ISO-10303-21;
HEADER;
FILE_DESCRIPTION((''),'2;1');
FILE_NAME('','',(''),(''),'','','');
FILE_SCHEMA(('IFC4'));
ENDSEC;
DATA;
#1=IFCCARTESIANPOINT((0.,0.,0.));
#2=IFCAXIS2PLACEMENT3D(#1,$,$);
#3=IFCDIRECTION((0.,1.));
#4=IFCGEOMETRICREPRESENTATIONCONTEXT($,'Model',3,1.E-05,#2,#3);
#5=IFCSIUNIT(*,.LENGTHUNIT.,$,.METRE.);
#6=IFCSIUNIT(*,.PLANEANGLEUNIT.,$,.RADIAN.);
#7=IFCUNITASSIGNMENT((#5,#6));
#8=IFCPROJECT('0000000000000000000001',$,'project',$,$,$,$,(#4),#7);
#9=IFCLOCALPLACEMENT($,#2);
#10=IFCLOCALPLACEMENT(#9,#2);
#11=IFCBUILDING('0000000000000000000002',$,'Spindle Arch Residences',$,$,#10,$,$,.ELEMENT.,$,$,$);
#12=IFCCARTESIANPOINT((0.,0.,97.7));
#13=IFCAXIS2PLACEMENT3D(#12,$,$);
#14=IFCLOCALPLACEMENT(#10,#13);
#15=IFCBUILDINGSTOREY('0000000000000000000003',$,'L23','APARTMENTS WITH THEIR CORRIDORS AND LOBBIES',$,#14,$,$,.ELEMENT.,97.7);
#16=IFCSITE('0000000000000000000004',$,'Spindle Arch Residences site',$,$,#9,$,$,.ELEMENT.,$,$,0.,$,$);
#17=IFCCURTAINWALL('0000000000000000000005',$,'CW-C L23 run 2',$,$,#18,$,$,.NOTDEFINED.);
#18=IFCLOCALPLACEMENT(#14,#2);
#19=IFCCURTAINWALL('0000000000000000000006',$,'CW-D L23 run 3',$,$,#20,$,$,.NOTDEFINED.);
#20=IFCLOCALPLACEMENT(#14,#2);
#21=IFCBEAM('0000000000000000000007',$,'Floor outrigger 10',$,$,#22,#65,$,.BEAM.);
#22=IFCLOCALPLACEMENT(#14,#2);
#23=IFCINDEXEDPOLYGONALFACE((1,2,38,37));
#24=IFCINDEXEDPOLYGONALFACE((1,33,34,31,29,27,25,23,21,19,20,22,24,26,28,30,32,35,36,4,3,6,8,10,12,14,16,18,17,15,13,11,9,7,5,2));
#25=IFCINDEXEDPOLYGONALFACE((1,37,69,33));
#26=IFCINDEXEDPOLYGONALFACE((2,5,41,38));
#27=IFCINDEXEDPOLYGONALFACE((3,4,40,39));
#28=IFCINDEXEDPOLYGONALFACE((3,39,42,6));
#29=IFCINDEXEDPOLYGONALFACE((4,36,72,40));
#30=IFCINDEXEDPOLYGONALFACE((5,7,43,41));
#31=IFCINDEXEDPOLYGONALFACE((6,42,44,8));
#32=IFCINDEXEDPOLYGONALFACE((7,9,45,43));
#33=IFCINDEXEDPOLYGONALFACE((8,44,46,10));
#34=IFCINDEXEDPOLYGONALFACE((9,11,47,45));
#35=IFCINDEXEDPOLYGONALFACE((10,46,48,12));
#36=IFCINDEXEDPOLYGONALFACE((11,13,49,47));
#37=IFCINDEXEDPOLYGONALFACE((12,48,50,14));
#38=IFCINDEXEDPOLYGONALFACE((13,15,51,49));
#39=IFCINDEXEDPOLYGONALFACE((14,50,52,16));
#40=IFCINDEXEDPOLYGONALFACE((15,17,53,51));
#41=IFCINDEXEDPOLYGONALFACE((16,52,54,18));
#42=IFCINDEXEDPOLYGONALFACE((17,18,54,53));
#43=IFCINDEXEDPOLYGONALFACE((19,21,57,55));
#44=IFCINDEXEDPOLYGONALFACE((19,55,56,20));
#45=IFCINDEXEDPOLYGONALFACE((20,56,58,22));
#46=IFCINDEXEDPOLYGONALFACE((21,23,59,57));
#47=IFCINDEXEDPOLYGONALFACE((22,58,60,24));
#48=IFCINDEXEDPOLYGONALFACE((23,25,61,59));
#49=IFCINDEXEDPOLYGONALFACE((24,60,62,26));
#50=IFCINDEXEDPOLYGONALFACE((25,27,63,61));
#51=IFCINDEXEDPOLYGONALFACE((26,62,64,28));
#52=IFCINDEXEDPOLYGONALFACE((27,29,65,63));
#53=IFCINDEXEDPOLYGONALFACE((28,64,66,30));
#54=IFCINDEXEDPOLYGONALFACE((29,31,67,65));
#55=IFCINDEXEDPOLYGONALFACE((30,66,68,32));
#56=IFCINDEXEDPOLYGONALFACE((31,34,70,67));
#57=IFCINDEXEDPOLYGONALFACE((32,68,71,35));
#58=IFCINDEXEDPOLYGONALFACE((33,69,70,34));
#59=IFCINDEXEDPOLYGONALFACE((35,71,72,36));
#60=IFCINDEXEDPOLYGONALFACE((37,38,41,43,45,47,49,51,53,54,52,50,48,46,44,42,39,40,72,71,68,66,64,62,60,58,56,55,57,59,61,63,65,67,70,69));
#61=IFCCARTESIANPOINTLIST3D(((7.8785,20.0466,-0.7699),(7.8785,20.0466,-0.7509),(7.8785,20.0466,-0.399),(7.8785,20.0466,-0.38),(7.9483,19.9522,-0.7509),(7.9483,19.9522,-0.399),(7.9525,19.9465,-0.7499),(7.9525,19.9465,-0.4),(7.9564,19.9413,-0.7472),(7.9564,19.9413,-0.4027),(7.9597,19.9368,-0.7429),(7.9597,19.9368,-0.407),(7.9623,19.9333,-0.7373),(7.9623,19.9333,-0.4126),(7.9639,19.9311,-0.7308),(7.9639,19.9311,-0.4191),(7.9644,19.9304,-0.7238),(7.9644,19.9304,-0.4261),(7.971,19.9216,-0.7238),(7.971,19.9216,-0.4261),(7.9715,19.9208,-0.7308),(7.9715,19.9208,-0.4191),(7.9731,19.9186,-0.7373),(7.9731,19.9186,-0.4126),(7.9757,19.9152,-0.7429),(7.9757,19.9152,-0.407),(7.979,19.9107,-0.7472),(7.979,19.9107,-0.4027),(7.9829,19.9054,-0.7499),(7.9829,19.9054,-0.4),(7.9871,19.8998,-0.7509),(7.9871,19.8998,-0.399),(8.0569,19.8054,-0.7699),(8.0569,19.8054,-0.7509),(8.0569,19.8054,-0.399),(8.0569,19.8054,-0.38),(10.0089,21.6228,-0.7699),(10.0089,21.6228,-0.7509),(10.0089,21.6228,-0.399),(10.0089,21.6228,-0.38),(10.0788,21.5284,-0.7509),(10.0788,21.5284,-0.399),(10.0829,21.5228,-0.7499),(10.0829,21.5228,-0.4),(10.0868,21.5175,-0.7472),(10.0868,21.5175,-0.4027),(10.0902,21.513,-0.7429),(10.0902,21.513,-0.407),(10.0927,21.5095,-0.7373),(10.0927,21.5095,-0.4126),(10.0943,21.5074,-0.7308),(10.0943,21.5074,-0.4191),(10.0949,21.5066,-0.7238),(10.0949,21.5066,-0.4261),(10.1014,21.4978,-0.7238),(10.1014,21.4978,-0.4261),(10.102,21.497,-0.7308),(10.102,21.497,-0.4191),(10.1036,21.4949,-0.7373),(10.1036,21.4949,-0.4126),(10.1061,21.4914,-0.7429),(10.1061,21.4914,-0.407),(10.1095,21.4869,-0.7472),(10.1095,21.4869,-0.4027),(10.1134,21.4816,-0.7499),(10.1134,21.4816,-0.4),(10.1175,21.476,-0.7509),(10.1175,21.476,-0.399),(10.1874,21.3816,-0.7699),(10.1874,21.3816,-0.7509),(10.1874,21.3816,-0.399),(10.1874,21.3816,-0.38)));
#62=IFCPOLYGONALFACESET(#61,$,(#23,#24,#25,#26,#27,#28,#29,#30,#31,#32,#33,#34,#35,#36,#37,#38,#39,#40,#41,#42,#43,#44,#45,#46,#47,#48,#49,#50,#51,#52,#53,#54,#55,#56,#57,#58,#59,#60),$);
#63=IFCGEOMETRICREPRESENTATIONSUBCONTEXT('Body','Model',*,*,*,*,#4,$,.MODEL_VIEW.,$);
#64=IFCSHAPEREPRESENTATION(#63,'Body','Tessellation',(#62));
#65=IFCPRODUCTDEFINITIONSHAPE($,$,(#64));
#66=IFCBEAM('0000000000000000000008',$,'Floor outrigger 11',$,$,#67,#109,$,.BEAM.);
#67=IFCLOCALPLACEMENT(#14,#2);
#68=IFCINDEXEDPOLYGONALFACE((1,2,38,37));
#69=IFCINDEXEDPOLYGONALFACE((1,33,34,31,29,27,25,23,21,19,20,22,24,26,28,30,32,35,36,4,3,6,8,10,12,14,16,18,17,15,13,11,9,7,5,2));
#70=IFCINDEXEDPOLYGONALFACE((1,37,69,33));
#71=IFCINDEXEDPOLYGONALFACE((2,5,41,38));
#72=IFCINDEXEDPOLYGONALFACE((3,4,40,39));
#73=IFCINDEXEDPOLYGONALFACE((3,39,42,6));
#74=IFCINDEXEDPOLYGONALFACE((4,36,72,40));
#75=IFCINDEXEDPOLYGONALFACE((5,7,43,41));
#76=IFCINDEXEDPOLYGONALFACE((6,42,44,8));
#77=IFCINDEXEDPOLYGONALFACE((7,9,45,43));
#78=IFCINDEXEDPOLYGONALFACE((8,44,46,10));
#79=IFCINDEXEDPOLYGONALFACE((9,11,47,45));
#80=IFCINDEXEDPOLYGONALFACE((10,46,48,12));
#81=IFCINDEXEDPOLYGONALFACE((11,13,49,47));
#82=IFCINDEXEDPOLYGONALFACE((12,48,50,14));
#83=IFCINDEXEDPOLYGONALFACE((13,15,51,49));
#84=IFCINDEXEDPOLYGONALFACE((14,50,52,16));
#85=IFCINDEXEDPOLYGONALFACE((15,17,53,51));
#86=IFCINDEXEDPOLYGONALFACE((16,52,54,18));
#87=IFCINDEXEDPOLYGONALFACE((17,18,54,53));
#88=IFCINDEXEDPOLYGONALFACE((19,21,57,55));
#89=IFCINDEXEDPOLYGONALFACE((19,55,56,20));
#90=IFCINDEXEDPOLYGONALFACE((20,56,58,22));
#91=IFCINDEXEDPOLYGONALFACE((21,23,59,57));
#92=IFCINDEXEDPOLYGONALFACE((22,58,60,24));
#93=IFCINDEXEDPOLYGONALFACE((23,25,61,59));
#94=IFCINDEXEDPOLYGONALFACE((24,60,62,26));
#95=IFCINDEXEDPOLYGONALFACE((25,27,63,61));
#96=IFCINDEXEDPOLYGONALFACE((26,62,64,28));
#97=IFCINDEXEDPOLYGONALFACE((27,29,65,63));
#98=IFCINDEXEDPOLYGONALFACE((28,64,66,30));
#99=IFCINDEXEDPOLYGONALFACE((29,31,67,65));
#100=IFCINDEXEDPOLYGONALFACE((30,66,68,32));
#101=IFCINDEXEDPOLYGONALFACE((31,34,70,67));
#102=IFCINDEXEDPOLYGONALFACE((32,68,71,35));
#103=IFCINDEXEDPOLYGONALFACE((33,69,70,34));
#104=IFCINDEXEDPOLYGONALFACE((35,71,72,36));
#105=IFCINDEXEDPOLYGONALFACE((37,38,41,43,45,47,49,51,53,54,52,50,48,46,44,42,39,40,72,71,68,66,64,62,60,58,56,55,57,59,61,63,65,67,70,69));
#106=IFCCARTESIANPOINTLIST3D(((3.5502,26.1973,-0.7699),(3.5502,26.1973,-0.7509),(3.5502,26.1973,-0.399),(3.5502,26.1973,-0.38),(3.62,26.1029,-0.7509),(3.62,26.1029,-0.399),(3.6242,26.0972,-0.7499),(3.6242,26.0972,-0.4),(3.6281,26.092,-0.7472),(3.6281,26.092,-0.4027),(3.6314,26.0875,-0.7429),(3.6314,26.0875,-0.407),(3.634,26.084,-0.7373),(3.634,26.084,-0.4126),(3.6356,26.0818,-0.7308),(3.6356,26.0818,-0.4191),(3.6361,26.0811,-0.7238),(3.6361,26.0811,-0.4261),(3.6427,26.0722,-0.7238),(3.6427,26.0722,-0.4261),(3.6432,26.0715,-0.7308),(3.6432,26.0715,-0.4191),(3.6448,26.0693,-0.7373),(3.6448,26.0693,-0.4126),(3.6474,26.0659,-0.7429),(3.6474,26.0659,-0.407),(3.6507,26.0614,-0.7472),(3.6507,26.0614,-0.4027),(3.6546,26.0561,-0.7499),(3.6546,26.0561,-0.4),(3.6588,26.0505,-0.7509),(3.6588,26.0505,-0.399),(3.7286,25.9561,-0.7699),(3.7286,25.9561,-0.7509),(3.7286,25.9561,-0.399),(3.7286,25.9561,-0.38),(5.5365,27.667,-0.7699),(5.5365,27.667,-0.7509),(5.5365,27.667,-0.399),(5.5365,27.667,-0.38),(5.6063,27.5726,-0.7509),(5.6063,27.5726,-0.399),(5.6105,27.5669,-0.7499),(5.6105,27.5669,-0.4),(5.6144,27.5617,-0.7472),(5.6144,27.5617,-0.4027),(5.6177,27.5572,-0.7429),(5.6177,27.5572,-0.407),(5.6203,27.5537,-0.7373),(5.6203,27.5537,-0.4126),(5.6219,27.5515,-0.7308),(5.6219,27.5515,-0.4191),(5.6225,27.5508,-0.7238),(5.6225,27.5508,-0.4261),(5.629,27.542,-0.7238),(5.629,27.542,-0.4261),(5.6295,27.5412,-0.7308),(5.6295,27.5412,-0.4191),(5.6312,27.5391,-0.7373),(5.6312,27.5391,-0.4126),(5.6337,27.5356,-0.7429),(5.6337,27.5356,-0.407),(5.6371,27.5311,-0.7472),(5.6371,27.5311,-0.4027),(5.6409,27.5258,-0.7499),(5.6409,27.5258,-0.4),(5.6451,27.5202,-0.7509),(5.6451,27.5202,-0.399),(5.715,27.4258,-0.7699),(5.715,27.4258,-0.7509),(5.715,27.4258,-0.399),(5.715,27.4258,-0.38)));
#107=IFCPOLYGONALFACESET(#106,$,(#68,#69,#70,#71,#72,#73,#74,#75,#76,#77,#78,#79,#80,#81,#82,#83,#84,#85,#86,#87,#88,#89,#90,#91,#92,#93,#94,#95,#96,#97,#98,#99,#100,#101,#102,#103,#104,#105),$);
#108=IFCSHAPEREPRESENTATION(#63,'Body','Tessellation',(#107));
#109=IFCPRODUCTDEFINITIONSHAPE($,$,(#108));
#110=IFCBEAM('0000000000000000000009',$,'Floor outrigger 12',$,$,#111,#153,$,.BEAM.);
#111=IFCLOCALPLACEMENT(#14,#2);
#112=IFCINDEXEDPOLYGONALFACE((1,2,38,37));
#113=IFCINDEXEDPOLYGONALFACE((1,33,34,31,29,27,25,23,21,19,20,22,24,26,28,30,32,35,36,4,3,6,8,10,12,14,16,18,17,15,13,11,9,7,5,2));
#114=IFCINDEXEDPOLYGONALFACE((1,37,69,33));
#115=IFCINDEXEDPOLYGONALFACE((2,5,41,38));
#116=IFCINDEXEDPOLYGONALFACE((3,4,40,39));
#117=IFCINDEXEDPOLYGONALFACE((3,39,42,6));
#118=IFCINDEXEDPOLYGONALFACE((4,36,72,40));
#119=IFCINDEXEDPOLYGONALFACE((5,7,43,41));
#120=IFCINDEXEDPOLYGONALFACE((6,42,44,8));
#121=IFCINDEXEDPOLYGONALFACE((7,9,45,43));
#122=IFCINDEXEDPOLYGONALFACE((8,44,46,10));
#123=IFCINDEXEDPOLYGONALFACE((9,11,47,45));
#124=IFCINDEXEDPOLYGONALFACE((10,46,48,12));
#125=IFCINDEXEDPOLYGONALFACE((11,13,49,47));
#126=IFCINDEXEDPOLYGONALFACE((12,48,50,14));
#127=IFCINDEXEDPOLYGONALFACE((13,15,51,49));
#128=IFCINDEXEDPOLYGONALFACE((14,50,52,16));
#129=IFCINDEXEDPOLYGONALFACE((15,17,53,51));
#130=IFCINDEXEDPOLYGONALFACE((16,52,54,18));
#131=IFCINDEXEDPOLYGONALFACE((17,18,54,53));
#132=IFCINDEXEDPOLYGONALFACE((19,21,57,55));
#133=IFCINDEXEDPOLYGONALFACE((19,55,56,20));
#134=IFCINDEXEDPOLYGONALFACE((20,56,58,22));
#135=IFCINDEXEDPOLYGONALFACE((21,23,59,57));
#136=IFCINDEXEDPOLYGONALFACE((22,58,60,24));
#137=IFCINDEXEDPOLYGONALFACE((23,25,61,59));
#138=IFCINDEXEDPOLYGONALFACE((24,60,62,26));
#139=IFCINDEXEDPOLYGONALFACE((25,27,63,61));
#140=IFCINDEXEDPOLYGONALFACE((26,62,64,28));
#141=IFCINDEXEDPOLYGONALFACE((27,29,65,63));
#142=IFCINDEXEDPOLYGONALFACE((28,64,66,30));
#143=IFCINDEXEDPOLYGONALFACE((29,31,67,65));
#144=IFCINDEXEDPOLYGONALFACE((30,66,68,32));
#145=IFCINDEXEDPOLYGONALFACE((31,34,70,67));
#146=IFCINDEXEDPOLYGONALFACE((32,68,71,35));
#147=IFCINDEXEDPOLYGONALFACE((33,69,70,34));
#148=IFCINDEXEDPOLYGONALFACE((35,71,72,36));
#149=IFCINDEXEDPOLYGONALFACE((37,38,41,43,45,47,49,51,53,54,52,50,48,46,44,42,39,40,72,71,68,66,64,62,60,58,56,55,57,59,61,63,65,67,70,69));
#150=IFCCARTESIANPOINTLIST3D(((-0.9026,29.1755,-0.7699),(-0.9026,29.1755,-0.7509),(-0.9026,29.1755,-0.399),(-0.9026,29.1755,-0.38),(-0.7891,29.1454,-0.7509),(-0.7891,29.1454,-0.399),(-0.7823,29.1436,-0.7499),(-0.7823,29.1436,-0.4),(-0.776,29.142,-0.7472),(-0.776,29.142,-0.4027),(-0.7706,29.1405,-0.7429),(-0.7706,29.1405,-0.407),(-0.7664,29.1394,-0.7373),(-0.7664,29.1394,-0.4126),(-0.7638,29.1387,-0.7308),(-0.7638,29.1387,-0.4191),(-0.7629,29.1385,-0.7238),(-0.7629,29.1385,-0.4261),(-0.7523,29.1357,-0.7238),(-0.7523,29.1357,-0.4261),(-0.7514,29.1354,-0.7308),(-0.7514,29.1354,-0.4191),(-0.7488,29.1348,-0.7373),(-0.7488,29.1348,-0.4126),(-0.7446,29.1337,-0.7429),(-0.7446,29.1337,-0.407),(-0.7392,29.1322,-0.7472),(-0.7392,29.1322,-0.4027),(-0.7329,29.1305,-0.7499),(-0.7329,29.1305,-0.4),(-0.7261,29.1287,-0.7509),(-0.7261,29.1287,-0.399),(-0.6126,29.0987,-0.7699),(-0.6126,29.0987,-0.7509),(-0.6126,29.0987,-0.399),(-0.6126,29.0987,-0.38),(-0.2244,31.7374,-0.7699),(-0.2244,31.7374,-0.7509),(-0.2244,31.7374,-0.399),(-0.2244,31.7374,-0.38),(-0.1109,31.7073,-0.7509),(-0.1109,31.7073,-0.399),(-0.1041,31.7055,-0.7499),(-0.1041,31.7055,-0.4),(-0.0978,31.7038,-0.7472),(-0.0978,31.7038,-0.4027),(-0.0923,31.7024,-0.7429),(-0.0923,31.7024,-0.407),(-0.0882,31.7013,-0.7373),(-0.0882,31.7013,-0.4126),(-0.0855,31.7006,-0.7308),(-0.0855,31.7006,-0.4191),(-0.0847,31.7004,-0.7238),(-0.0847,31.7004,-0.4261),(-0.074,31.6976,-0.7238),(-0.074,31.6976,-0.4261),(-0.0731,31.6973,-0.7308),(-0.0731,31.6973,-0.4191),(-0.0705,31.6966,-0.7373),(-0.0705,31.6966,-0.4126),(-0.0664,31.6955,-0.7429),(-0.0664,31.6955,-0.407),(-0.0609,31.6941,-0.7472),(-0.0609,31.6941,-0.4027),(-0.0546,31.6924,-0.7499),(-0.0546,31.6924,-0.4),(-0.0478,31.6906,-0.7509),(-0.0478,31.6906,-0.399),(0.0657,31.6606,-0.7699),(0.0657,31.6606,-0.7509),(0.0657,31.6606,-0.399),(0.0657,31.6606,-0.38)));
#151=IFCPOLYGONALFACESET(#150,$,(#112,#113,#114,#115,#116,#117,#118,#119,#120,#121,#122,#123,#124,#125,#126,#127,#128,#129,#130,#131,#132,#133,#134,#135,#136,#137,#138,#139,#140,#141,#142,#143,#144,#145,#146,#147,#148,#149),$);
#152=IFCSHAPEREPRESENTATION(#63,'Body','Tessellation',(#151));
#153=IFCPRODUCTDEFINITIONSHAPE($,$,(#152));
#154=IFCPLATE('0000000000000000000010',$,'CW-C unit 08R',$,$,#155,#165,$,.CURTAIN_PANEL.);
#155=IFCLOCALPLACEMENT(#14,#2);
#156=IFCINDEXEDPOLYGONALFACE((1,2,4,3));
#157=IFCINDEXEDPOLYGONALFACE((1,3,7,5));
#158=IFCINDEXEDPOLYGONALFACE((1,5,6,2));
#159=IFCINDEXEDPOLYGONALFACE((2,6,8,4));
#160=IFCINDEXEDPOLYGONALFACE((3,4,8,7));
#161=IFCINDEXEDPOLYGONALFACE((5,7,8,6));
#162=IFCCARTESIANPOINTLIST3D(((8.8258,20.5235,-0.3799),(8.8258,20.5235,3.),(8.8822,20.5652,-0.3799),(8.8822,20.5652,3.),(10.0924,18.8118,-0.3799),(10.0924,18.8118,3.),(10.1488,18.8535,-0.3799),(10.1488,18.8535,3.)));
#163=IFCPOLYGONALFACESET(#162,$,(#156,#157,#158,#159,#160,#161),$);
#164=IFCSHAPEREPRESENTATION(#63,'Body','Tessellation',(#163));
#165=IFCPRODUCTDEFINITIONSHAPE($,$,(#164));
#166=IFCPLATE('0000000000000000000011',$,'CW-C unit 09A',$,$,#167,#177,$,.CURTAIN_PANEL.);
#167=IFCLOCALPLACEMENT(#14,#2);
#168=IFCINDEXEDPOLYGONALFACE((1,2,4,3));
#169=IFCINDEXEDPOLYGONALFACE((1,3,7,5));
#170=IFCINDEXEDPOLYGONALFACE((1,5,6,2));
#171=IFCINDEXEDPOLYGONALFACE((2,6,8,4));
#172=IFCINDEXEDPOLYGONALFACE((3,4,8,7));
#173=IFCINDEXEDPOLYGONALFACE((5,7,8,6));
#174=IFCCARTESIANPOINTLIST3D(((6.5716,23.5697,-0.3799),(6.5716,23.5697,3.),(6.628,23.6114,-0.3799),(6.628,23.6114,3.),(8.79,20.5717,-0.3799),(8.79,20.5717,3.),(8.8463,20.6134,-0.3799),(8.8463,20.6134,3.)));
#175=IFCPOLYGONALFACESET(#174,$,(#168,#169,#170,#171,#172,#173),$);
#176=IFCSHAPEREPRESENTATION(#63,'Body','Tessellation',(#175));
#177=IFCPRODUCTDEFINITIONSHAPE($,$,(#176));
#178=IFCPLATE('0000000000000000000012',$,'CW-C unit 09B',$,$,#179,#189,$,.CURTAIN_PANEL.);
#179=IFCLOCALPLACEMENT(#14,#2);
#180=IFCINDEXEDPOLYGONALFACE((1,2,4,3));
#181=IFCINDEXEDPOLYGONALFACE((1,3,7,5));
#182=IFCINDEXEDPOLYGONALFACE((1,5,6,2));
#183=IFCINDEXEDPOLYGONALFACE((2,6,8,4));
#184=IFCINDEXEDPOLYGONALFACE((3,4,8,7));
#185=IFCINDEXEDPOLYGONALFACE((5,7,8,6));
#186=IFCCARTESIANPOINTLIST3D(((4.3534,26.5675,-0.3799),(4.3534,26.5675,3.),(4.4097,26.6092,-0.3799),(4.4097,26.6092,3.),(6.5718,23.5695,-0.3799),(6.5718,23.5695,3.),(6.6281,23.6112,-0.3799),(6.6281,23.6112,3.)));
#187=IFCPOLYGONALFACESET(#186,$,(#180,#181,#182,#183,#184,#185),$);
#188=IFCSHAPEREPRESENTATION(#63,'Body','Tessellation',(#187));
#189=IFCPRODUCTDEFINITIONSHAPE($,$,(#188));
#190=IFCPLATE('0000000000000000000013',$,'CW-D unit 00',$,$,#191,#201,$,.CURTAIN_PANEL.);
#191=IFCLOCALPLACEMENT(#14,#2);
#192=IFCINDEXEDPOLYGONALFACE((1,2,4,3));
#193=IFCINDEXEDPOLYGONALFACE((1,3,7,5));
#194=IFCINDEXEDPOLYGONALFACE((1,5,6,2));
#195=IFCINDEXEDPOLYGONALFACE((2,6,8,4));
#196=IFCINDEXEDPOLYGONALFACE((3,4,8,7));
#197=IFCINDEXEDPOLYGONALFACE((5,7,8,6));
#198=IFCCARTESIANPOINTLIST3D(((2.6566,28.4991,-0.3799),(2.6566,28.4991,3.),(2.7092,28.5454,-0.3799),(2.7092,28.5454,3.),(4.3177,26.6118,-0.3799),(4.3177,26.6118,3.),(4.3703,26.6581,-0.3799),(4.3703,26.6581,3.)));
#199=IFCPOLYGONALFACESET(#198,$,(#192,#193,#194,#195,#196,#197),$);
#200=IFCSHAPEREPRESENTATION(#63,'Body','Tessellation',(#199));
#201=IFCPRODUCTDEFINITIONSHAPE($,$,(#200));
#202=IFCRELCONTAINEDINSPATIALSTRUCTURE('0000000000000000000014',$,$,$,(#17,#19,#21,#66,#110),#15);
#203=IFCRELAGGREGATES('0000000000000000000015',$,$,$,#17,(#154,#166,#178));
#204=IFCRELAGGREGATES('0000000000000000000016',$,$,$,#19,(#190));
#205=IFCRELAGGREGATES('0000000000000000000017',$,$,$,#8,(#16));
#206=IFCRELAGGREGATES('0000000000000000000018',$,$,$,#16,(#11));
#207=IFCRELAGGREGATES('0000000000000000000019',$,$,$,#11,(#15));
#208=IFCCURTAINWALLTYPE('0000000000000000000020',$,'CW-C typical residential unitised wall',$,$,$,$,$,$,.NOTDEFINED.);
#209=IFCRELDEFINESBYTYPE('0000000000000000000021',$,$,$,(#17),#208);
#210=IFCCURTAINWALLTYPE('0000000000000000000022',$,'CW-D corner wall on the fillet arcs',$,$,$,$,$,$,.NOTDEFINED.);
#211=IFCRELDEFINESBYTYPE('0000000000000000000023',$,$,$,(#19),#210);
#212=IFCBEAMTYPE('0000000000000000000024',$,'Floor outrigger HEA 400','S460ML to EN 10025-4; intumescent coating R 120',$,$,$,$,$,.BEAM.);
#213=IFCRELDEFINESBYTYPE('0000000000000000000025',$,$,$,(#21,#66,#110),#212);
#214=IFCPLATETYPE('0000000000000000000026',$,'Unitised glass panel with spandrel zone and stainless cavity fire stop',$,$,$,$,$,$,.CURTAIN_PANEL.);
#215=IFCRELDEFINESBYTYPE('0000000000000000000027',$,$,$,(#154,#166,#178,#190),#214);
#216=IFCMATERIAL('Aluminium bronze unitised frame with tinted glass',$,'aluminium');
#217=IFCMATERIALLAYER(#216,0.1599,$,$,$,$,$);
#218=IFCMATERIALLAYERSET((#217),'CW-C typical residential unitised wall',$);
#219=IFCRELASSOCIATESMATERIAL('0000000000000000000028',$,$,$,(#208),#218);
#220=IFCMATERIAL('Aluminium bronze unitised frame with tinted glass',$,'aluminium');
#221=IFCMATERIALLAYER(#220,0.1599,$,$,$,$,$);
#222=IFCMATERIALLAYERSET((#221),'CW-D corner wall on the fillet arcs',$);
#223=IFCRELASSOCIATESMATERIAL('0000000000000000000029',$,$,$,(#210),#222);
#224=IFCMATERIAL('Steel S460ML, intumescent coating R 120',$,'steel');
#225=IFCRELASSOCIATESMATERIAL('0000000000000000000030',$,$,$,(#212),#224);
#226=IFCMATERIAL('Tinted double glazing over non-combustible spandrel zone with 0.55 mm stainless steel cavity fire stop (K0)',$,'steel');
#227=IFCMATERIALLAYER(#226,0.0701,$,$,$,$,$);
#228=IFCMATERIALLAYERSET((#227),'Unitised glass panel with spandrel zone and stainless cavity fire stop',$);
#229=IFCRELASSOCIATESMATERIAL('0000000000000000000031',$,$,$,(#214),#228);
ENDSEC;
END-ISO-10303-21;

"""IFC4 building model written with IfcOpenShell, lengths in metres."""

from ifc_helpers import new_model, si_unit, direction, frame, origin, origin_2d, place, context, subcontext, project, spatial, rectangle, i_section, extrude, material, layer, layer_set, material_profile, profile_set, type_object, element, aggregate, save


model = new_model("IFC4")

# Units and contexts
model_context = context("Model", 3, precision=1e-05, world=origin(), true_north=direction((0.0, 1.0)))
body_context = subcontext(model_context, "Body", "Model", "MODEL_VIEW")
ifc_project = project(units=[si_unit("LENGTHUNIT", "METRE"), si_unit("PLANEANGLEUNIT", "RADIAN")], contexts=[model_context])

# Site, building, storey
site_placement = place(None, origin())
site = spatial("IfcSite", under=ifc_project, at=site_placement, Name="Spindle Arch Residences site", CompositionType="ELEMENT", RefElevation=0.0)
building_placement = place(site_placement, origin())
building = spatial("IfcBuilding", under=site, at=building_placement, Name="Spindle Arch Residences", CompositionType="ELEMENT")
storey_placement = place(building_placement, frame((0.0, 0.0, 97.7)))
storey = spatial("IfcBuildingStorey", under=building, at=storey_placement, Name="L23", Description="APARTMENTS WITH THEIR CORRIDORS AND LOBBIES", CompositionType="ELEMENT", Elevation=97.7)

# Curtain wall
ifc_material_1 = material(Name="Aluminium bronze unitised frame with tinted glass", Category="aluminium")
ifc_layer_1 = layer(ifc_material_1, 0.1599)
ifc_layer_set_1 = layer_set([ifc_layer_1], Name="CW-C typical residential unitised wall")
curtain_wall_type_1 = type_object("IfcCurtainWallType", Name="CW-C typical residential unitised wall", PredefinedType="NOTDEFINED", material=ifc_layer_set_1)
curtain_wall_1_placement = place(storey_placement, origin())
curtain_wall_1 = element("IfcCurtainWall", 1, at=curtain_wall_1_placement, inside=storey, type_object=curtain_wall_type_1, Name="CW-C L23 run 2", PredefinedType="NOTDEFINED")

# Curtain wall
ifc_material_2 = material(Name="Aluminium bronze unitised frame with tinted glass", Category="aluminium")
ifc_layer_2 = layer(ifc_material_2, 0.1599)
ifc_layer_set_2 = layer_set([ifc_layer_2], Name="CW-D corner wall on the fillet arcs")
curtain_wall_type_2 = type_object("IfcCurtainWallType", Name="CW-D corner wall on the fillet arcs", PredefinedType="NOTDEFINED", material=ifc_layer_set_2)
curtain_wall_2_placement = place(storey_placement, origin())
curtain_wall_2 = element("IfcCurtainWall", 2, at=curtain_wall_2_placement, inside=storey, type_object=curtain_wall_type_2, Name="CW-D L23 run 3", PredefinedType="NOTDEFINED")

# Beams
ifc_material_3 = material(Name="Steel S460ML, intumescent coating R 120", Category="steel")
ifc_material_profile_1 = material_profile(ifc_material_3, i_section(OverallWidth=0.3, OverallDepth=0.3899, WebThickness=0.011, FlangeThickness=0.019, FilletRadius=0.0271, at=origin_2d()), Name="HEA 400")
ifc_profile_set_1 = profile_set([ifc_material_profile_1], Name="Steel S460ML, intumescent coating R 120")
beam_type_1 = type_object("IfcBeamType", Name="Floor outrigger HEA 400", Description="S460ML to EN 10025-4; intumescent coating R 120", PredefinedType="BEAM", material=ifc_profile_set_1)
beam_1_placement = place(storey_placement, frame((10.0981, 21.5022, -0.575), z_axis=(-0.803897, -0.594769, 0.0), x_axis=(0.594769, -0.803897, 0.0)))
element("IfcBeam", 3, at=beam_1_placement, inside=storey, type_object=beam_type_1, Name="Floor outrigger 10", PredefinedType="BEAM", context=body_context, shape_type="SweptSolid", body=[
    extrude(i_section(OverallWidth=0.3, OverallDepth=0.3899, WebThickness=0.011, FlangeThickness=0.019, FilletRadius=0.0271, at=origin_2d()), origin(), (0.0, 0.0, 1.0), 2.6501),
])
beam_2_placement = place(storey_placement, frame((5.6257, 27.5464, -0.575), z_axis=(-0.803872, -0.594802, 0.0), x_axis=(0.594802, -0.803872, 0.0)))
element("IfcBeam", 4, at=beam_2_placement, inside=storey, type_object=beam_type_1, Name="Floor outrigger 11", PredefinedType="BEAM", context=body_context, shape_type="SweptSolid", body=[
    extrude(i_section(OverallWidth=0.3, OverallDepth=0.3899, WebThickness=0.011, FlangeThickness=0.019, FilletRadius=0.0271, at=origin_2d()), origin(), (0.0, 0.0, 1.0), 2.4709),
])
beam_3_placement = place(storey_placement, frame((-0.0793, 31.699, -0.575), z_axis=(-0.255931, -0.966695, 0.0), x_axis=(0.966695, -0.255931, 0.0)))
element("IfcBeam", 5, at=beam_3_placement, inside=storey, type_object=beam_type_1, Name="Floor outrigger 12", PredefinedType="BEAM", context=body_context, shape_type="SweptSolid", body=[
    extrude(i_section(OverallWidth=0.3, OverallDepth=0.3899, WebThickness=0.011, FlangeThickness=0.019, FilletRadius=0.0271, at=origin_2d()), origin(), (0.0, 0.0, 1.0), 2.6501),
])

# Plates
ifc_material_4 = material(Name="Tinted double glazing over non-combustible spandrel zone with 0.55 mm stainless steel cavity fire stop (K0)", Category="steel")
ifc_layer_3 = layer(ifc_material_4, 0.0701)
ifc_layer_set_3 = layer_set([ifc_layer_3], Name="Unitised glass panel with spandrel zone and stainless cavity fire stop")
plate_type = type_object("IfcPlateType", Name="Unitised glass panel with spandrel zone and stainless cavity fire stop", PredefinedType="CURTAIN_PANEL", material=ifc_layer_set_3)
plate_1_placement = place(storey_placement, frame((9.4873, 19.6885, -0.3799), z_axis=(0.0, 0.0, 1.0), x_axis=(-0.594823, 0.803857, 0.0)))
plate_1 = element("IfcPlate", 6, at=plate_1_placement, type_object=plate_type, Name="CW-C unit 08R", PredefinedType="CURTAIN_PANEL", context=body_context, shape_type="SweptSolid", body=[
    extrude(rectangle(XDim=2.1294, YDim=0.0701, at=origin_2d()), origin(), (0.0, 0.0, 1.0), 3.3799),
])
plate_2_placement = place(storey_placement, frame((7.709, 22.0916, -0.3799), z_axis=(0.0, 0.0, 1.0), x_axis=(-0.594823, 0.803857, 0.0)))
plate_2 = element("IfcPlate", 7, at=plate_2_placement, type_object=plate_type, Name="CW-C unit 09A", PredefinedType="CURTAIN_PANEL", context=body_context, shape_type="SweptSolid", body=[
    extrude(rectangle(XDim=3.7295, YDim=0.0701, at=origin_2d()), origin(), (0.0, 0.0, 1.0), 3.3799),
])
plate_3_placement = place(storey_placement, frame((5.4907, 25.0894, -0.3799), z_axis=(0.0, 0.0, 1.0), x_axis=(-0.594823, 0.803857, 0.0)))
plate_3 = element("IfcPlate", 8, at=plate_3_placement, type_object=plate_type, Name="CW-C unit 09B", PredefinedType="CURTAIN_PANEL", context=body_context, shape_type="SweptSolid", body=[
    extrude(rectangle(XDim=3.7295, YDim=0.0701, at=origin_2d()), origin(), (0.0, 0.0, 1.0), 3.3799),
])
aggregate(curtain_wall_1, [plate_1, plate_2, plate_3])
plate_4_placement = place(storey_placement, frame((3.5134, 27.5786, -0.3799), z_axis=(0.0, 0.0, 1.0), x_axis=(-0.660704, 0.750647, 0.0)))
plate_4 = element("IfcPlate", 9, at=plate_4_placement, type_object=plate_type, Name="CW-D unit 00", PredefinedType="CURTAIN_PANEL", context=body_context, shape_type="SweptSolid", body=[
    extrude(rectangle(XDim=2.5142, YDim=0.0701, at=origin_2d()), origin(), (0.0, 0.0, 1.0), 3.3799),
])
aggregate(curtain_wall_2, [plate_4])

save(model, "model.ifc")
